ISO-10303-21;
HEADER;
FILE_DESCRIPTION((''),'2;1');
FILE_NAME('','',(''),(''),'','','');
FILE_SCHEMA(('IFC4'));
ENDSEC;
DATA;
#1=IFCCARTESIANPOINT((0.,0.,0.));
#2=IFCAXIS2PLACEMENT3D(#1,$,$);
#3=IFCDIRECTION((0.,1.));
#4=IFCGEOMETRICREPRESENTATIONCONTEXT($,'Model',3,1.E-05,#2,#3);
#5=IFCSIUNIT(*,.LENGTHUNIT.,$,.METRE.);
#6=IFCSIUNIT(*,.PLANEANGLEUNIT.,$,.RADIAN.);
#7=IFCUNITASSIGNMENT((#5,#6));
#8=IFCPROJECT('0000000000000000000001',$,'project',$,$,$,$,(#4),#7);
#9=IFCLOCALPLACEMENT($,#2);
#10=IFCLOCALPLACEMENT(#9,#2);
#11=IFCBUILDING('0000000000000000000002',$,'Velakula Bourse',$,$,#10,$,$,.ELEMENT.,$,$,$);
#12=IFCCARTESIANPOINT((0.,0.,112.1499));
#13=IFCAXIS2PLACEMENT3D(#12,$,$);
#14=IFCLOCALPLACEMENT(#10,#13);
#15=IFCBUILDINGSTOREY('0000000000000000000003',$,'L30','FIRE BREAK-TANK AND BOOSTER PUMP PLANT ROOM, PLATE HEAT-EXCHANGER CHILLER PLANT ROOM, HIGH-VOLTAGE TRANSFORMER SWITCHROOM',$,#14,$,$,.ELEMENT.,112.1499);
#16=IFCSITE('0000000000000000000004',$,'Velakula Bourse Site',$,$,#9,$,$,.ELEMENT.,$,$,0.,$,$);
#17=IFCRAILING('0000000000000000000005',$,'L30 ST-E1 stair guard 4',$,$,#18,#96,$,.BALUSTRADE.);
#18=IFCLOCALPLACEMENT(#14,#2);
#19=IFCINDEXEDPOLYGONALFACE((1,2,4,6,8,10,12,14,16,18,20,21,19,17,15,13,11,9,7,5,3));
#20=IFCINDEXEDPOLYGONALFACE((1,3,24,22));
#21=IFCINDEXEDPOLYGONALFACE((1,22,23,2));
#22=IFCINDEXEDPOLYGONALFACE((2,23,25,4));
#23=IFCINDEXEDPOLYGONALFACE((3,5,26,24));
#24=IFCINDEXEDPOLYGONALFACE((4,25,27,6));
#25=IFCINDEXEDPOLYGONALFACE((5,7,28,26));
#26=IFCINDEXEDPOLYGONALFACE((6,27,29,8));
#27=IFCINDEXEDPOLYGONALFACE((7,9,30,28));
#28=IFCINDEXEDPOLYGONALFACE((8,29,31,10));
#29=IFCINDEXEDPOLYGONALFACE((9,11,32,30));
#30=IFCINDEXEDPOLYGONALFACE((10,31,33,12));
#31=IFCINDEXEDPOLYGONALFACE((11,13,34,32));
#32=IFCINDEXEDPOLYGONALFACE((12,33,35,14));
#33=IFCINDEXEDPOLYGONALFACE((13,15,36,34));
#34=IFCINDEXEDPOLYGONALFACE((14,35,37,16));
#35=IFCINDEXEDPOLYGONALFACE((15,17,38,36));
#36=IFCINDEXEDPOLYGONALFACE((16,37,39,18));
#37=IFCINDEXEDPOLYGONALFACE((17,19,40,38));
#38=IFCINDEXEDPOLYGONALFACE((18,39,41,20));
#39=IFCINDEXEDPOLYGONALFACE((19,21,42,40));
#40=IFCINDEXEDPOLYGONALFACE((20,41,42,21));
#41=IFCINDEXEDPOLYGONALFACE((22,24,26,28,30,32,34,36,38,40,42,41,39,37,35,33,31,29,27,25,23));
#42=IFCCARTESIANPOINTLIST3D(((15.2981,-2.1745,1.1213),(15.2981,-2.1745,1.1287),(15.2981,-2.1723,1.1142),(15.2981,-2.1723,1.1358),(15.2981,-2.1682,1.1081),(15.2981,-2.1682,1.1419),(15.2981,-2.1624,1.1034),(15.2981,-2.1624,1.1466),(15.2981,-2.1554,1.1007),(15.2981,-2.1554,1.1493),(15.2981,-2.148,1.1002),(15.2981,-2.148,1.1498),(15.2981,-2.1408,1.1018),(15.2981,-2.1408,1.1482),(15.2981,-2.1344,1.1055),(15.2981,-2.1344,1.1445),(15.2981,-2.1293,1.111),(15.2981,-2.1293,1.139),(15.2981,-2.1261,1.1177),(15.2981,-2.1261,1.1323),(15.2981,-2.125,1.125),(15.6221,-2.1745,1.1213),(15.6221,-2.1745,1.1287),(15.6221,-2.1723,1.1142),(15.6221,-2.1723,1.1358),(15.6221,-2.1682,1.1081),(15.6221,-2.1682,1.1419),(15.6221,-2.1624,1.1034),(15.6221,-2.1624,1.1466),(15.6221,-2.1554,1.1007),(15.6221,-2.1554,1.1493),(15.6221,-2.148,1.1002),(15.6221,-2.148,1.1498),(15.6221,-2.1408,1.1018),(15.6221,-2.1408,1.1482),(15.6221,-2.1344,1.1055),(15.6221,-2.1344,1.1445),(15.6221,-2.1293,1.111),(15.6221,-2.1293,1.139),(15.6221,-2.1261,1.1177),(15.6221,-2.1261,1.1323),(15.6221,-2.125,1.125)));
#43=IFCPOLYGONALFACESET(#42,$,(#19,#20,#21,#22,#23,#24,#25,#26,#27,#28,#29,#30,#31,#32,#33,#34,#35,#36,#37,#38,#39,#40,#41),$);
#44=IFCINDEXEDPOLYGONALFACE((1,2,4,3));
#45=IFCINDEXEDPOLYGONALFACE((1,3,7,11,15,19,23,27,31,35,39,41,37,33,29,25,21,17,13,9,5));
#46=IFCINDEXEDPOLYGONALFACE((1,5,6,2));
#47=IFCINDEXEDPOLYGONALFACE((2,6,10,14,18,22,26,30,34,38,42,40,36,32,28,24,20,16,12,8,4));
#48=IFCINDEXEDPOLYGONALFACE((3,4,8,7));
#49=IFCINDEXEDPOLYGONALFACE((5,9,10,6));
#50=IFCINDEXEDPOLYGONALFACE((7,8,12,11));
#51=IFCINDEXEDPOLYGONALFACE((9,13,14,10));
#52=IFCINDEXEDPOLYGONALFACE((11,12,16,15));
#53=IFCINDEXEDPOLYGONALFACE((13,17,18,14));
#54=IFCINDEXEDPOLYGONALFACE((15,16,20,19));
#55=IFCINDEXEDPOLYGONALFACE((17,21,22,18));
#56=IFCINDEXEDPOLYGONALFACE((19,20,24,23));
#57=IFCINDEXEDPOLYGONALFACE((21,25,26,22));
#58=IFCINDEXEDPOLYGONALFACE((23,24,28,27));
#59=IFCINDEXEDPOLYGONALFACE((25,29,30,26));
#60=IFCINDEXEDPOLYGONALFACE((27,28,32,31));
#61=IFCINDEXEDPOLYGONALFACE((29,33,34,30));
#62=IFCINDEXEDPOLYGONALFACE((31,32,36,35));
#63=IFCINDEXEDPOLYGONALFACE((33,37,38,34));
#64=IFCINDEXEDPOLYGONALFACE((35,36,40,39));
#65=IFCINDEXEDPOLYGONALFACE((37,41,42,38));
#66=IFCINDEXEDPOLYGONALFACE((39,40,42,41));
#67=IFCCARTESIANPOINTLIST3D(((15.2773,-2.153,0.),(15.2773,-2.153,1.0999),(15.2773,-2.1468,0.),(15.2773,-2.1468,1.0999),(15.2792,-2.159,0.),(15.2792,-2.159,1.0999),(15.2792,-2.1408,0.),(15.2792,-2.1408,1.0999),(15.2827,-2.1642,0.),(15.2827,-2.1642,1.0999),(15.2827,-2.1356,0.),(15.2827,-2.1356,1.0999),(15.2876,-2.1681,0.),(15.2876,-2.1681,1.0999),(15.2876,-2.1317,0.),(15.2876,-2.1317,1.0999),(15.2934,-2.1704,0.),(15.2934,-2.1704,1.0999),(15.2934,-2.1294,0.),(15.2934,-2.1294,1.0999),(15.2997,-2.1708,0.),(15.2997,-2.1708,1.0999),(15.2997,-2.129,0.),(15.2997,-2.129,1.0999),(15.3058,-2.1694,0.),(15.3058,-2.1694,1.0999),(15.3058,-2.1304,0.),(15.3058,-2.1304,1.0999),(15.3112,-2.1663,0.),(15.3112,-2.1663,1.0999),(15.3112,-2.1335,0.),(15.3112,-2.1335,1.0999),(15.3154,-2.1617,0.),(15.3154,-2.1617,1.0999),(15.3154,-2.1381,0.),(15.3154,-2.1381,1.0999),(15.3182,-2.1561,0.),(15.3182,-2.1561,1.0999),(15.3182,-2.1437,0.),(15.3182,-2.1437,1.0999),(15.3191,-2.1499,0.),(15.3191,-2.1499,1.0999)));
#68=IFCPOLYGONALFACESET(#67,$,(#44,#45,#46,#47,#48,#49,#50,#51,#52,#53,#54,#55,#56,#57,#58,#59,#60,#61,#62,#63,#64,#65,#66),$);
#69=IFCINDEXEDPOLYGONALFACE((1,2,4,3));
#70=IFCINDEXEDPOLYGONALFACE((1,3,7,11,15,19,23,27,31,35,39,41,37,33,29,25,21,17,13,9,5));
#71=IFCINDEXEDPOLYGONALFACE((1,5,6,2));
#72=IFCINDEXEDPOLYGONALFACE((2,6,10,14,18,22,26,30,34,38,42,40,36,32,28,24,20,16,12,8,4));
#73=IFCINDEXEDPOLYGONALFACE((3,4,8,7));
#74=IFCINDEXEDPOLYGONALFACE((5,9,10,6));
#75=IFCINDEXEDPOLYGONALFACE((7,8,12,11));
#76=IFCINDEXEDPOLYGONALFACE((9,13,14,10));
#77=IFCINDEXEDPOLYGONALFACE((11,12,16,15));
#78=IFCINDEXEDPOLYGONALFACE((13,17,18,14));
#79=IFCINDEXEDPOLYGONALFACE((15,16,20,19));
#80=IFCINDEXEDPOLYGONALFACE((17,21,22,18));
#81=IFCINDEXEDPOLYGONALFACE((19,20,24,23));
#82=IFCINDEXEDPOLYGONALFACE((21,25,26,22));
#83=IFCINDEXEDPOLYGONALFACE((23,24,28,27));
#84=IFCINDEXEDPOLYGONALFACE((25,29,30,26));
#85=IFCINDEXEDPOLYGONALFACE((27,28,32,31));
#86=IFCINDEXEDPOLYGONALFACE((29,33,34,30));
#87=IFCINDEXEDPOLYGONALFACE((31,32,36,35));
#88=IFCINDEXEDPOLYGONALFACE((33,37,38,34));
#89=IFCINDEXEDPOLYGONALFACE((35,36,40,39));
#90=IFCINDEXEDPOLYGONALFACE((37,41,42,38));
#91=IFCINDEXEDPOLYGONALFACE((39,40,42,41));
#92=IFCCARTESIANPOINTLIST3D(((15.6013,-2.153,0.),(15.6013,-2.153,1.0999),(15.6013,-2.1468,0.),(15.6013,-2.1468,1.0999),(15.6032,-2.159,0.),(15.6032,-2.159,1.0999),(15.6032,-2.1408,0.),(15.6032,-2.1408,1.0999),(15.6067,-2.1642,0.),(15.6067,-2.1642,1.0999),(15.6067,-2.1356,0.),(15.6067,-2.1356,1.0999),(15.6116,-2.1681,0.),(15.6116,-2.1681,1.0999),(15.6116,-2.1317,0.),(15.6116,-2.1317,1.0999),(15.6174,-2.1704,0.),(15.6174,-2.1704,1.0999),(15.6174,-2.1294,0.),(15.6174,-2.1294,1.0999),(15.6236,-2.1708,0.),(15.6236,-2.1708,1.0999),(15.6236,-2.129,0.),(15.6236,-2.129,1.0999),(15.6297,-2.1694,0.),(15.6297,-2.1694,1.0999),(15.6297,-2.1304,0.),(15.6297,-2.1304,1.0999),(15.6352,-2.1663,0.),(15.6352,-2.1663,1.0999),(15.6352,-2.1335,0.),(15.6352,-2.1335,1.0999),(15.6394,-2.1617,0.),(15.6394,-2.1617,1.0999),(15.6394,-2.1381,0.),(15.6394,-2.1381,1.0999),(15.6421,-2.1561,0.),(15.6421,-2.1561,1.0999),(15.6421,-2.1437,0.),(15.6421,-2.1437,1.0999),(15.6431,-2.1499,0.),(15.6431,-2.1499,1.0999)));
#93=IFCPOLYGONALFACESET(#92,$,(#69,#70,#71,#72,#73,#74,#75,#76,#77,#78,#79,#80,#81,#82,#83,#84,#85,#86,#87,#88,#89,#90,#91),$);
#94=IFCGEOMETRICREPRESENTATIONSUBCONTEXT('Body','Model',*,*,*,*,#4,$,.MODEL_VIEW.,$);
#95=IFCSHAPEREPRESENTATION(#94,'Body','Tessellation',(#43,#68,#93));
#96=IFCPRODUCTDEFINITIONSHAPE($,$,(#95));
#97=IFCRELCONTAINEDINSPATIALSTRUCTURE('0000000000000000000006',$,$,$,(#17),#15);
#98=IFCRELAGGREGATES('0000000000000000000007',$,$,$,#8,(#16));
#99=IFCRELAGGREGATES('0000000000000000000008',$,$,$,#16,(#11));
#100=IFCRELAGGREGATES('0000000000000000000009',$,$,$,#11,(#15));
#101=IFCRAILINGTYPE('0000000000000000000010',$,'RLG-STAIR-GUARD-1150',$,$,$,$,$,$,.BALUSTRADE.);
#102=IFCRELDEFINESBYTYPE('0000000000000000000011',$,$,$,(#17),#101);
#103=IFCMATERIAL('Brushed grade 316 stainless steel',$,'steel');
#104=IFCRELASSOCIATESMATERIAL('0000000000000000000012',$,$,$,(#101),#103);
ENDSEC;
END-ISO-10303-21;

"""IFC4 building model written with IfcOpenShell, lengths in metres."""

from ifc_helpers import new_model, si_unit, direction, frame, origin, origin_2d, place, context, subcontext, project, spatial, circle, extrude, material, type_object, element, save


model = new_model("IFC4")

# Units and contexts
model_context = context("Model", 3, precision=1e-05, world=origin(), true_north=direction((0.0, 1.0)))
body_context = subcontext(model_context, "Body", "Model", "MODEL_VIEW")
ifc_project = project(units=[si_unit("LENGTHUNIT", "METRE"), si_unit("PLANEANGLEUNIT", "RADIAN")], contexts=[model_context])

# Site, building, storey
site_placement = place(None, origin())
site = spatial("IfcSite", under=ifc_project, at=site_placement, Name="Velakula Bourse Site", CompositionType="ELEMENT", RefElevation=0.0)
building_placement = place(site_placement, origin())
building = spatial("IfcBuilding", under=site, at=building_placement, Name="Velakula Bourse", CompositionType="ELEMENT")
storey_placement = place(building_placement, frame((0.0, 0.0, 112.1499)))
storey = spatial("IfcBuildingStorey", under=building, at=storey_placement, Name="L30", Description="FIRE BREAK-TANK AND BOOSTER PUMP PLANT ROOM, PLATE HEAT-EXCHANGER CHILLER PLANT ROOM, HIGH-VOLTAGE TRANSFORMER SWITCHROOM", CompositionType="ELEMENT", Elevation=112.1499)

# Railing
ifc_material_1 = material(Name="Brushed grade 316 stainless steel", Category="steel")
railing_type_1 = type_object("IfcRailingType", Name="RLG-STAIR-GUARD-1150", PredefinedType="BALUSTRADE", material=ifc_material_1)
railing_1_placement = place(storey_placement, frame((15.2981, -2.1499, 0.0)))
element("IfcRailing", 1, at=railing_1_placement, inside=storey, type_object=railing_type_1, Name="L30 ST-E1 stair guard 4", PredefinedType="BALUSTRADE", context=body_context, shape_type="SweptSolid", body=[
    extrude(circle(Radius=0.0249, at=origin_2d()), frame((0.0, 0.0, 1.125), z_axis=(1.0, 0.0, 0.0), x_axis=(0.0, 1.0, 0.0)), (0.0, 0.0, 1.0), 0.324),
    extrude(circle(Radius=0.021, at=origin_2d()), origin(), (0.0, 0.0, 1.0), 1.0999),
    extrude(circle(Radius=0.021, at=origin_2d()), frame((0.324, 0.0, 0.0)), (0.0, 0.0, 1.0), 1.0999),
])

save(model, "model.ifc")
